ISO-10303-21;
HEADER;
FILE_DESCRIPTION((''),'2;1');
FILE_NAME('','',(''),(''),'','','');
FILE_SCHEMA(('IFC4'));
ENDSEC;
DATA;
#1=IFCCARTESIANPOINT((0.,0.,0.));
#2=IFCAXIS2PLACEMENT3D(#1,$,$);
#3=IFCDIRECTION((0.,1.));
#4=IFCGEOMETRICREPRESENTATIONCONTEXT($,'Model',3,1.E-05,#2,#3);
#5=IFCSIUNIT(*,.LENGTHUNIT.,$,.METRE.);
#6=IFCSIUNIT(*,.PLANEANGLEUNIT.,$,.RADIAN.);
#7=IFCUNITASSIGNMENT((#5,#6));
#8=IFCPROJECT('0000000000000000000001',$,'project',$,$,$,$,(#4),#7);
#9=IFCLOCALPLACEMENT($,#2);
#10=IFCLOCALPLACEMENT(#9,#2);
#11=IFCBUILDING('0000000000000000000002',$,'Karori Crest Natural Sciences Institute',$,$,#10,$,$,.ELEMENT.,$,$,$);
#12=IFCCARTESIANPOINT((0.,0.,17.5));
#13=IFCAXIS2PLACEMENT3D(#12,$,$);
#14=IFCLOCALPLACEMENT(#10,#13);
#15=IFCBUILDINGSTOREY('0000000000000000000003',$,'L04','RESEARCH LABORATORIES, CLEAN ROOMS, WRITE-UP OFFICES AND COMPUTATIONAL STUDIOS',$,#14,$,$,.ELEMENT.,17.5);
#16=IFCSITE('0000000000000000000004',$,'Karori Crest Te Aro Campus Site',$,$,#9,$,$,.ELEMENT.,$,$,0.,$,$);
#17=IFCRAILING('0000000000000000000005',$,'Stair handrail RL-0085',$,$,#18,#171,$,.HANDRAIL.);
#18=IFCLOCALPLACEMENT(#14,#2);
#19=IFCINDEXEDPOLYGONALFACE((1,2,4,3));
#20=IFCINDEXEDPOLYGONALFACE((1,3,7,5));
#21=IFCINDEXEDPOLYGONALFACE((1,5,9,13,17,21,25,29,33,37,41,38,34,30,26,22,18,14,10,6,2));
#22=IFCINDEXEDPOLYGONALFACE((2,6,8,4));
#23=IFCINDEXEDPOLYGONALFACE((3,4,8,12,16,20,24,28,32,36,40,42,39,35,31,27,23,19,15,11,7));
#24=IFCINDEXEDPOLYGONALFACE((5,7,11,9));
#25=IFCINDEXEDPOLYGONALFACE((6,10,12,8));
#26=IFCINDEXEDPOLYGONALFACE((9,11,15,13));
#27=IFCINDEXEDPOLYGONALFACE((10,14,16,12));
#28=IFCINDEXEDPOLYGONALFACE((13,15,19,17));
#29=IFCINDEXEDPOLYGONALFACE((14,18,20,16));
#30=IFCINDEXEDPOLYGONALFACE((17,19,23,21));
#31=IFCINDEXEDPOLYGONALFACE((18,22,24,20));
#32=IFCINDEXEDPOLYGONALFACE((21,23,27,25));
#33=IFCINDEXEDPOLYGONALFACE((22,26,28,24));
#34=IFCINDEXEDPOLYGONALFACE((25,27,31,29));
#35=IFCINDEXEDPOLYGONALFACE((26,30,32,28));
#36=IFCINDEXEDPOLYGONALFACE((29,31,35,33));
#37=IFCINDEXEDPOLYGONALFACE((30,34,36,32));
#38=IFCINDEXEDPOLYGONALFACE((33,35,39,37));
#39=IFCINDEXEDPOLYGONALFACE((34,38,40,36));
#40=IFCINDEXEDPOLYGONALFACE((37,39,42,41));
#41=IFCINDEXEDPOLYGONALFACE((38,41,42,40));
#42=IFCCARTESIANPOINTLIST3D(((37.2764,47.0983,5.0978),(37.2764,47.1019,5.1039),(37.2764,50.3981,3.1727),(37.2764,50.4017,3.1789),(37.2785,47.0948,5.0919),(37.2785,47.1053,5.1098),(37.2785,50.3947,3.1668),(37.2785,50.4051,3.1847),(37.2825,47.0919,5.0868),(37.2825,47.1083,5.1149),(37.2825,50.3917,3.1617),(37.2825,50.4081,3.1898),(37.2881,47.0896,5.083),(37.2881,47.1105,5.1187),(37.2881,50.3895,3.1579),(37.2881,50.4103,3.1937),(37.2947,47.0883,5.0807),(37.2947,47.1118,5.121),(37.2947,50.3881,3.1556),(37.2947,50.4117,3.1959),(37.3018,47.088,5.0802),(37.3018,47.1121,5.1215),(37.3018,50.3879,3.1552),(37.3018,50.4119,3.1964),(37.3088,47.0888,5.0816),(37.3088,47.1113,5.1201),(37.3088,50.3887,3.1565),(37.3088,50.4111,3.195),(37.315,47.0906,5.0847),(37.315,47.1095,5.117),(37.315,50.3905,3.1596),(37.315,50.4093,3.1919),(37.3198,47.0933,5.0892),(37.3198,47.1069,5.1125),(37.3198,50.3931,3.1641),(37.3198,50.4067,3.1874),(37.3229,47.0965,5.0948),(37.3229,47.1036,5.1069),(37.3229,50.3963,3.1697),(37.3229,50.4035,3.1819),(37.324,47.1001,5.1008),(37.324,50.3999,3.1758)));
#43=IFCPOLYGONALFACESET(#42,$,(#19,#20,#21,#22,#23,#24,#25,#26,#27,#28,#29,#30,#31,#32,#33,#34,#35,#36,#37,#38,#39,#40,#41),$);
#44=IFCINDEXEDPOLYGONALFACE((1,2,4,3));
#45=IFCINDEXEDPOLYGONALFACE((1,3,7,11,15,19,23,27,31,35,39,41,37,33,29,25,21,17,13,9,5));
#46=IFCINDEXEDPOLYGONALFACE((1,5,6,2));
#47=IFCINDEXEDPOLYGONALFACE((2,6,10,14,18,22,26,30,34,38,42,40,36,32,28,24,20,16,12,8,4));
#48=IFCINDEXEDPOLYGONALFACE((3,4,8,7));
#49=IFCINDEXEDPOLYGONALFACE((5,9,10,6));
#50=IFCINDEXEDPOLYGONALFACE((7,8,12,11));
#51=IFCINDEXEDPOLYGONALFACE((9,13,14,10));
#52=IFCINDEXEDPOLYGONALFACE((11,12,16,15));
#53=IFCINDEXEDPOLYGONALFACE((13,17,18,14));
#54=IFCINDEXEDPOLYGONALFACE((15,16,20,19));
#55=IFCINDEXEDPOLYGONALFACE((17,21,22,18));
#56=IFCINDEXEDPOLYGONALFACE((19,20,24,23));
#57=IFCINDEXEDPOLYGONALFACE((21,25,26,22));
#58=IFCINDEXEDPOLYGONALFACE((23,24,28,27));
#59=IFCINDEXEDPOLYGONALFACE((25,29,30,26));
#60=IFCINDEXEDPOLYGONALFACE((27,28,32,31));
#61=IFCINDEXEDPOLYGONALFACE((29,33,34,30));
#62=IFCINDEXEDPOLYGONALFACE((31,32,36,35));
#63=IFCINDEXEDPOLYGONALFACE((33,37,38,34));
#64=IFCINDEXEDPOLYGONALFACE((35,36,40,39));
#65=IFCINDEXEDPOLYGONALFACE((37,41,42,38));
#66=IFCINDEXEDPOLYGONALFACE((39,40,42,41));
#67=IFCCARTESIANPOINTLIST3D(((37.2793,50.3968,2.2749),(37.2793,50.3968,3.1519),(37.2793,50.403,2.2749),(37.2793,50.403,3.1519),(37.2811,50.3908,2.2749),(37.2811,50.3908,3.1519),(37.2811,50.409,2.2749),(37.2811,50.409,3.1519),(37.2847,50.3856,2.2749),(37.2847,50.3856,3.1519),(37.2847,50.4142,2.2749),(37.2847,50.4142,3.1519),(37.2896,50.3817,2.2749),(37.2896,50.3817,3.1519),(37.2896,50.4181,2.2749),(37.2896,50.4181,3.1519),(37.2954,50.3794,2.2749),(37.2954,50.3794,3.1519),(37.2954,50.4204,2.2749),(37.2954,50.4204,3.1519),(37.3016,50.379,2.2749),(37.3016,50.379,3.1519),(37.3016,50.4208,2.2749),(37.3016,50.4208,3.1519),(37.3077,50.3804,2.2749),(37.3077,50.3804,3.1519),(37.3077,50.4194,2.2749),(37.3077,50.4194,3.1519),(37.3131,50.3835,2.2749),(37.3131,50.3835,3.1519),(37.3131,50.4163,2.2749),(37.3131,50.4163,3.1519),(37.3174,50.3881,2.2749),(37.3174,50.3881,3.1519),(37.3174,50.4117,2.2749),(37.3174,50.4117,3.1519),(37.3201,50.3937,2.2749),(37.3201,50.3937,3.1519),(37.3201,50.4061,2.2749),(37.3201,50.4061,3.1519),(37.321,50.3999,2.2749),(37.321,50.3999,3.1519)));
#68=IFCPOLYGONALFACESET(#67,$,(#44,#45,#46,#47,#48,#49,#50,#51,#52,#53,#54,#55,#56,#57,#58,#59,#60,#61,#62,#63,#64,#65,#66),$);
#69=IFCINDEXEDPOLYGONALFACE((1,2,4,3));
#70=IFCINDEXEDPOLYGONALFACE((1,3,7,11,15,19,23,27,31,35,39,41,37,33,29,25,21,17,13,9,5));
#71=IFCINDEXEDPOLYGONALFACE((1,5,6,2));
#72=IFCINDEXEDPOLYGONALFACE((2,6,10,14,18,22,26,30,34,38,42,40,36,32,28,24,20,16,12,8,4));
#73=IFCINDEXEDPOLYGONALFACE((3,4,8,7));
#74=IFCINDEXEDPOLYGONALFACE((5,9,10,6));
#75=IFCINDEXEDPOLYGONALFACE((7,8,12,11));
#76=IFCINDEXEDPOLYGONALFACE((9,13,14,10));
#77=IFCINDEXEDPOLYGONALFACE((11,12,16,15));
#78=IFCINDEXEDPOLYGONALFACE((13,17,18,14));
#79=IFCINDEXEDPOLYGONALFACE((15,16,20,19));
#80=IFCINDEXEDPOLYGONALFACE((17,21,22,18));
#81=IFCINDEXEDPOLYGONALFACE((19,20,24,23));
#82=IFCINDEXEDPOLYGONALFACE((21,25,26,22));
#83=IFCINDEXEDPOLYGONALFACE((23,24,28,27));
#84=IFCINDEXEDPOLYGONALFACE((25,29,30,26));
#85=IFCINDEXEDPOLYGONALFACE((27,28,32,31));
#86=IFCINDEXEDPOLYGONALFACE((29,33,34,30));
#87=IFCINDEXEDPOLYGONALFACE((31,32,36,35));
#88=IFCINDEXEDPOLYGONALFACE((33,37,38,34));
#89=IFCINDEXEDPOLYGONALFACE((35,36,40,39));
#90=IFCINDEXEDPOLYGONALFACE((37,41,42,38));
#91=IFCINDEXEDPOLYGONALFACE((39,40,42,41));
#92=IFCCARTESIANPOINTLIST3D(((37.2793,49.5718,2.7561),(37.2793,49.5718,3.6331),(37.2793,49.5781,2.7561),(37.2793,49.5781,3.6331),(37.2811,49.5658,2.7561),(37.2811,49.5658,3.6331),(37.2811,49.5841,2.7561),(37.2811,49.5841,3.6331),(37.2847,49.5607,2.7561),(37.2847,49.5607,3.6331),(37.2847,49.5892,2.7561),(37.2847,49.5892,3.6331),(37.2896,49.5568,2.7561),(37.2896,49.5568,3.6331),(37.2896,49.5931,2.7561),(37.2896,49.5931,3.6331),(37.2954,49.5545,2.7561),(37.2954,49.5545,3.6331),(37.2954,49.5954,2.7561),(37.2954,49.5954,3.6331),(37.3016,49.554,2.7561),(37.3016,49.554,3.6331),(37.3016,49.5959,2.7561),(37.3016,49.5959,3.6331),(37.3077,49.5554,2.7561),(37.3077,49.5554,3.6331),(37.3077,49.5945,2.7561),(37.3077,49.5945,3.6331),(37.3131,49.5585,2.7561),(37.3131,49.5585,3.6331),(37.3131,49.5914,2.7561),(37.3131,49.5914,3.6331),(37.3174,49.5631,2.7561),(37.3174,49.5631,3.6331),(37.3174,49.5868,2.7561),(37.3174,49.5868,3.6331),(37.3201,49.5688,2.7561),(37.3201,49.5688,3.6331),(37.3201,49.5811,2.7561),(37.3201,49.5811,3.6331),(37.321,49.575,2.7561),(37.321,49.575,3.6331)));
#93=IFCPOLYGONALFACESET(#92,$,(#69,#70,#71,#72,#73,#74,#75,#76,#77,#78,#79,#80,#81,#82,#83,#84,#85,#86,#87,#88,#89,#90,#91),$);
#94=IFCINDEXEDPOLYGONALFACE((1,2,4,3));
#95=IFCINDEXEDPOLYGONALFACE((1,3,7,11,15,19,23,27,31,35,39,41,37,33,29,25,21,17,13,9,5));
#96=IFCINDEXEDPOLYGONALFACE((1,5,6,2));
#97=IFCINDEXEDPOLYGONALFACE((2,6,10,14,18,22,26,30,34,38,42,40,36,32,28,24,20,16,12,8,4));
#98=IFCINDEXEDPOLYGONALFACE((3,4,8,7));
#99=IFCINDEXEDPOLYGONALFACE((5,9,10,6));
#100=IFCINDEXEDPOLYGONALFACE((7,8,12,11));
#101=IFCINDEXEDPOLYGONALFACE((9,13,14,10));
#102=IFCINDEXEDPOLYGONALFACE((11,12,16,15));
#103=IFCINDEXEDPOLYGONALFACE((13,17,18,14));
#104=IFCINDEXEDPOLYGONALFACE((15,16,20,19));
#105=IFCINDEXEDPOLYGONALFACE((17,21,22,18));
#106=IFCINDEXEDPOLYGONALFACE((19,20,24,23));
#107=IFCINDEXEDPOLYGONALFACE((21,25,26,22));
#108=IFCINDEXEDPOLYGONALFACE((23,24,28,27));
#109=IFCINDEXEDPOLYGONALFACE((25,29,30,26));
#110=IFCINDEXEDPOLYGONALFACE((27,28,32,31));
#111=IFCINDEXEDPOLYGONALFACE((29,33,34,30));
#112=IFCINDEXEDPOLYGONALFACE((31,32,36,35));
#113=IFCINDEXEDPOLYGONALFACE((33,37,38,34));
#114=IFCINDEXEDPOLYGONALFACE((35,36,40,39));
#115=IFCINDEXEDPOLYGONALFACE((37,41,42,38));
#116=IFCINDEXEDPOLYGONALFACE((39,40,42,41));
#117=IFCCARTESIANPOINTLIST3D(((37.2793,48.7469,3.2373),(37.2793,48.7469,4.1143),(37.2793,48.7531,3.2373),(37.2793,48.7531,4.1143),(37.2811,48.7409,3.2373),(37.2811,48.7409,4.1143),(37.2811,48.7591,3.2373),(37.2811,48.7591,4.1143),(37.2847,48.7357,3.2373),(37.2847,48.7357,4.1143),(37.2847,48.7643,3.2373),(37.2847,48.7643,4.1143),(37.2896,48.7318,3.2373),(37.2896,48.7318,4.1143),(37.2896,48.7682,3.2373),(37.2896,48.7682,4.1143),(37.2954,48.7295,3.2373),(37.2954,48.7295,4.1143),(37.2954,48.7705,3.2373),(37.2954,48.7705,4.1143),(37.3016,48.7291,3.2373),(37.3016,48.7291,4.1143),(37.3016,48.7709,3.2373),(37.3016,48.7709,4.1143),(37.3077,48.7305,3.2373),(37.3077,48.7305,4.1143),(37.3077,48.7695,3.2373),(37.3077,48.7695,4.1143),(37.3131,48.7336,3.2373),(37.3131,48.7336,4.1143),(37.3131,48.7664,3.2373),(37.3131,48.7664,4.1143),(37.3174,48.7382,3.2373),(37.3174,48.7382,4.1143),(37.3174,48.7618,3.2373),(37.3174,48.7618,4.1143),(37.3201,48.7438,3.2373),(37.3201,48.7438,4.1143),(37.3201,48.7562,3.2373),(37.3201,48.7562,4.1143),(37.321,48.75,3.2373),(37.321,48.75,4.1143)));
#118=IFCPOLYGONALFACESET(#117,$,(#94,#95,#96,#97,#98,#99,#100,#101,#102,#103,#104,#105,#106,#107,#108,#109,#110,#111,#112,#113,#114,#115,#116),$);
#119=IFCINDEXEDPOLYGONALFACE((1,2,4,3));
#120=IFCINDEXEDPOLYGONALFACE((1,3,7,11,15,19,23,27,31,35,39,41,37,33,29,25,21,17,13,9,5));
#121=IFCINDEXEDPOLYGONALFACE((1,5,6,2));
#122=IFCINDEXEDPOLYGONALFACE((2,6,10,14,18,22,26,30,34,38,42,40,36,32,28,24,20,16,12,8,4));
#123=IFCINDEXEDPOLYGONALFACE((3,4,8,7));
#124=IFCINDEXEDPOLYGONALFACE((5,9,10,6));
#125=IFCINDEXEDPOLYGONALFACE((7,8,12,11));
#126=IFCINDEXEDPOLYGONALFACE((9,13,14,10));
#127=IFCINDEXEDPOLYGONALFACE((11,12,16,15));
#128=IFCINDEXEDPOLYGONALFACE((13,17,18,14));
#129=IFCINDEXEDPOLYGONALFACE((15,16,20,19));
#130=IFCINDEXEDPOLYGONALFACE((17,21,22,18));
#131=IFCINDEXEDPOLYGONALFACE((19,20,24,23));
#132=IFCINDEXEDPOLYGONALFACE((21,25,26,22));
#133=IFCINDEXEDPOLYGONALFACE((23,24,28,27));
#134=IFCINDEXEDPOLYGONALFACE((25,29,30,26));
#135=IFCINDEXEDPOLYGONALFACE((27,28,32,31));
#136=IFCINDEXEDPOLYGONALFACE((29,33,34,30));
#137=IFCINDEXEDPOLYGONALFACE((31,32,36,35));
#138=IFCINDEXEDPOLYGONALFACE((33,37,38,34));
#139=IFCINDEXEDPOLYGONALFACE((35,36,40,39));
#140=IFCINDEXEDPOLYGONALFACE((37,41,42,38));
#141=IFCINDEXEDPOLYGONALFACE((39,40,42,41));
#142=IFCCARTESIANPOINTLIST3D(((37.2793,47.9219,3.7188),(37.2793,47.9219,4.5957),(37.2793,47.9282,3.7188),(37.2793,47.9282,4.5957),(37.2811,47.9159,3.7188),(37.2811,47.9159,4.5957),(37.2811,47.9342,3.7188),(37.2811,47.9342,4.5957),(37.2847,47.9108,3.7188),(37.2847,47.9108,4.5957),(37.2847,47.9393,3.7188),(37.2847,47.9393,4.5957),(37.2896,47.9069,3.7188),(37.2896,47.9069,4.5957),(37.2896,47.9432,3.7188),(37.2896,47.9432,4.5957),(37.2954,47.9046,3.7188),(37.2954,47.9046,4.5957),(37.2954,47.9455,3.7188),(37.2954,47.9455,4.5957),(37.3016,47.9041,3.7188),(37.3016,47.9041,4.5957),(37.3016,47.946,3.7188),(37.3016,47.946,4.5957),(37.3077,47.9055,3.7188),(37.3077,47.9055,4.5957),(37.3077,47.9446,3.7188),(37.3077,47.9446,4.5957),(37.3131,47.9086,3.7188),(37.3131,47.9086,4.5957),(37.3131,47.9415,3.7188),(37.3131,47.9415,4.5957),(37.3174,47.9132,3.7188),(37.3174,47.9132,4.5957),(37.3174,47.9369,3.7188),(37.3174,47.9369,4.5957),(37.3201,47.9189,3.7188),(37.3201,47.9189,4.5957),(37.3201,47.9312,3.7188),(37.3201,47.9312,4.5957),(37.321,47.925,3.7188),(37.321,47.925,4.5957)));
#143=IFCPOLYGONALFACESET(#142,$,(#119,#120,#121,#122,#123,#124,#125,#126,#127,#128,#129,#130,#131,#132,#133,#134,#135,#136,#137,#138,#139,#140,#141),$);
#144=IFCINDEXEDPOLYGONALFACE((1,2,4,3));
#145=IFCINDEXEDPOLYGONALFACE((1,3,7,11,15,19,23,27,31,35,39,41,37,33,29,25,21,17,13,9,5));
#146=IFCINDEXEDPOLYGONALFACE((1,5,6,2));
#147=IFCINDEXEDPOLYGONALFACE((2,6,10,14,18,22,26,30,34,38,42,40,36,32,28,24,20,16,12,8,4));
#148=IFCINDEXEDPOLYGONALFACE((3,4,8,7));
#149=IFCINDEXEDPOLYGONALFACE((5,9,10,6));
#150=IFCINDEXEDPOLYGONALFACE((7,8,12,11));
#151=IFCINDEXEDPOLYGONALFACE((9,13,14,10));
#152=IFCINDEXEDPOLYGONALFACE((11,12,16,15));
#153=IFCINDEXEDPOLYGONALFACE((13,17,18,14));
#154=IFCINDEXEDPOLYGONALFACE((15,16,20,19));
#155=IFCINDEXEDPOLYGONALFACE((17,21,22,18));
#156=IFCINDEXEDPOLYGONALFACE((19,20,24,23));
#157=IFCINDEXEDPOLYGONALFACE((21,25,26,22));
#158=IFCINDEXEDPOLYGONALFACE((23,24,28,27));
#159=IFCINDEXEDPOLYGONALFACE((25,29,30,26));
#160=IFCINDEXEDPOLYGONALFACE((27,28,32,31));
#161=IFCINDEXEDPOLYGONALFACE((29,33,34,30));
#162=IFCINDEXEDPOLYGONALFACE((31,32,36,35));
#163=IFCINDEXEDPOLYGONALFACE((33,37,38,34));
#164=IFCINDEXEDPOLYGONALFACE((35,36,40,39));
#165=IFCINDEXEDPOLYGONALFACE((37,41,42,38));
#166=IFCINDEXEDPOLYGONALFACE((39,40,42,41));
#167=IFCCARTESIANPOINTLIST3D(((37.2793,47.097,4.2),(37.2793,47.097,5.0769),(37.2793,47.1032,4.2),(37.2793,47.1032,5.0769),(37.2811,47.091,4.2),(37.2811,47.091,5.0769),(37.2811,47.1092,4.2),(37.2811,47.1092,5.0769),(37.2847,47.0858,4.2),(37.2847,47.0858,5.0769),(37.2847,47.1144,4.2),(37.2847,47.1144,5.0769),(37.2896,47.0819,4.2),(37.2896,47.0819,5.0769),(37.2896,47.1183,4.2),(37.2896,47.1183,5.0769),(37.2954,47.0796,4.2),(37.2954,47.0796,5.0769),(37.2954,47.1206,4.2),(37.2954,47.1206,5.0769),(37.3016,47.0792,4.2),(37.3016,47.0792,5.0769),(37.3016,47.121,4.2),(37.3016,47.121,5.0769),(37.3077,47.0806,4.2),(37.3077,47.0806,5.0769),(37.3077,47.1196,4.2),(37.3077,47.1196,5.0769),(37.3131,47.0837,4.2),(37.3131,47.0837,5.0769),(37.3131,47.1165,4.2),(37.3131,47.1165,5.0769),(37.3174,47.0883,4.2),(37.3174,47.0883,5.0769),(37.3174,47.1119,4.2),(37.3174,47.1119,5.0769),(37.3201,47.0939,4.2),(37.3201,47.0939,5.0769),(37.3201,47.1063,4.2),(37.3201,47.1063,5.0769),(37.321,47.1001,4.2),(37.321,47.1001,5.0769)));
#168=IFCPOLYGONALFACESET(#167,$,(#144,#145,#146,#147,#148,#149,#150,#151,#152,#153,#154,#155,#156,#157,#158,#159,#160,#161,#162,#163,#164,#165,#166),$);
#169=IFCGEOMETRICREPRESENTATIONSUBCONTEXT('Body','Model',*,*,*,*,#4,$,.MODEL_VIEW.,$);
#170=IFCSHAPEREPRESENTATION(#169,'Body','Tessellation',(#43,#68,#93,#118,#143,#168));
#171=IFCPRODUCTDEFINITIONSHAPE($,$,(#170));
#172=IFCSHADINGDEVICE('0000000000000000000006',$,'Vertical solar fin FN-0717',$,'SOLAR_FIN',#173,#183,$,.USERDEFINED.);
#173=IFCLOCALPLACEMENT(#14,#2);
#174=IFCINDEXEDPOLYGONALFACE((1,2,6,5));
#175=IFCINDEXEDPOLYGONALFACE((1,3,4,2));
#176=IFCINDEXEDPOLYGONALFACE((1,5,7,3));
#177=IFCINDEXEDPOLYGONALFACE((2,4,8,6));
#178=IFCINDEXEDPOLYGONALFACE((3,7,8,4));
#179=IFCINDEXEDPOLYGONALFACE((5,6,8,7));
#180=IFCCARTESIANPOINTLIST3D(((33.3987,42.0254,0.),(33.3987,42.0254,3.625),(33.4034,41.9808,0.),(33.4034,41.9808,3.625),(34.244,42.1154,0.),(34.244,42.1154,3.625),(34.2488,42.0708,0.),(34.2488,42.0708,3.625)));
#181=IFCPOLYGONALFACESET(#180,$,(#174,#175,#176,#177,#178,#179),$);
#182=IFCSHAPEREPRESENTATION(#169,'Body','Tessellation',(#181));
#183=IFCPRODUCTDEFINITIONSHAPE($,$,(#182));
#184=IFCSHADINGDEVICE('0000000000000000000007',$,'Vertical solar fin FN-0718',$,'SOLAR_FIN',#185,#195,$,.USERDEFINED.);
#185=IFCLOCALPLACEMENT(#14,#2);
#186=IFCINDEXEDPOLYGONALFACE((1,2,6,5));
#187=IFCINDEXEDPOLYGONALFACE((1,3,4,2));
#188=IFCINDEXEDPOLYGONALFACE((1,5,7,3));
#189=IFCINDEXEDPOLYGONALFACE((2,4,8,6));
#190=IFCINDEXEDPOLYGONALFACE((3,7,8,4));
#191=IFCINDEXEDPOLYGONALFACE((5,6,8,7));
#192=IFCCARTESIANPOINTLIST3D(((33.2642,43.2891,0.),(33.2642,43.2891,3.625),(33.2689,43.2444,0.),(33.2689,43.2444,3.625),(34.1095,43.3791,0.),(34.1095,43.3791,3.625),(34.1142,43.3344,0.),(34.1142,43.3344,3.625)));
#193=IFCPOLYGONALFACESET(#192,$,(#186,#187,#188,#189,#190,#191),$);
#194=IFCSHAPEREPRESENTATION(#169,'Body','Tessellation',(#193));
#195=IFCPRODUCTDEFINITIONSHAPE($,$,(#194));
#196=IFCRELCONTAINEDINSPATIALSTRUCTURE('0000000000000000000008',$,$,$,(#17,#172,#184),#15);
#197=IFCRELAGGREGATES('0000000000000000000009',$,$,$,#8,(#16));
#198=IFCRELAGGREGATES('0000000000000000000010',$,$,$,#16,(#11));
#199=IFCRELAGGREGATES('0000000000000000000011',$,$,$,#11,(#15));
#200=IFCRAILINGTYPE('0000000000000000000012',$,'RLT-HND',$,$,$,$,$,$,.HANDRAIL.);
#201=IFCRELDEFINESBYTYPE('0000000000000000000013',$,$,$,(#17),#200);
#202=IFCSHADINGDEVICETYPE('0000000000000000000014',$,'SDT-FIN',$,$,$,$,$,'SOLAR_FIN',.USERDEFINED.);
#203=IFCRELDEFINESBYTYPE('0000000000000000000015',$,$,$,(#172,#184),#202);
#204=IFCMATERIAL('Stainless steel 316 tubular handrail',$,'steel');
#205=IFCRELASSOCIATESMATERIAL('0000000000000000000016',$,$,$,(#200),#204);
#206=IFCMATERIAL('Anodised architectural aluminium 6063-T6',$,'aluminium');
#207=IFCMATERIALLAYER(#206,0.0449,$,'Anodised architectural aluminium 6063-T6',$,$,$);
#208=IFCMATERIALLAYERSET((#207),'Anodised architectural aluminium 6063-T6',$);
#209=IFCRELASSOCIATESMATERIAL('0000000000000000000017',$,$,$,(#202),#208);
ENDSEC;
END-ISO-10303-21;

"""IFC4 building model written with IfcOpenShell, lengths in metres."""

from ifc_helpers import new_model, si_unit, direction, frame, origin, origin_2d, place, context, subcontext, project, spatial, rectangle, circle, extrude, material, layer, layer_set, type_object, element, save


model = new_model("IFC4")

# Units and contexts
model_context = context("Model", 3, precision=1e-05, world=origin(), true_north=direction((0.0, 1.0)))
body_context = subcontext(model_context, "Body", "Model", "MODEL_VIEW")
ifc_project = project(units=[si_unit("LENGTHUNIT", "METRE"), si_unit("PLANEANGLEUNIT", "RADIAN")], contexts=[model_context])

# Site, building, storey
site_placement = place(None, origin())
site = spatial("IfcSite", under=ifc_project, at=site_placement, Name="Karori Crest Te Aro Campus Site", CompositionType="ELEMENT", RefElevation=0.0)
building_placement = place(site_placement, origin())
building = spatial("IfcBuilding", under=site, at=building_placement, Name="Karori Crest Natural Sciences Institute", CompositionType="ELEMENT")
storey_placement = place(building_placement, frame((0.0, 0.0, 17.5)))
storey = spatial("IfcBuildingStorey", under=building, at=storey_placement, Name="L04", Description="RESEARCH LABORATORIES, CLEAN ROOMS, WRITE-UP OFFICES AND COMPUTATIONAL STUDIOS", CompositionType="ELEMENT", Elevation=17.5)

# Shared definitions
ifc_material_1 = material(Name="Anodised architectural aluminium 6063-T6", Category="aluminium")

# Railing
ifc_material_2 = material(Name="Stainless steel 316 tubular handrail", Category="steel")
railing_type = type_object("IfcRailingType", Name="RLT-HND", PredefinedType="HANDRAIL", material=ifc_material_2)
railing_placement = place(storey_placement, frame((37.3, 50.3999, 2.2749)))
element("IfcRailing", 1, at=railing_placement, inside=storey, type_object=railing_type, Name="Stair handrail RL-0085", PredefinedType="HANDRAIL", context=body_context, shape_type="SweptSolid", body=[
    extrude(circle(Radius=0.0239, at=origin_2d()), frame((0.0, 0.0, 0.9009), z_axis=(0.0, -0.86376, 0.503903), x_axis=(1.0, 0.0, 0.0)), (0.0, 0.0, 1.0), 3.8203),
    extrude(circle(Radius=0.021, at=origin_2d()), origin(), (0.0, 0.0, 1.0), 0.877),
    extrude(circle(Radius=0.021, at=origin_2d()), frame((0.0, -0.825, 0.4812)), (0.0, 0.0, 1.0), 0.877),
    extrude(circle(Radius=0.021, at=origin_2d()), frame((0.0, -1.6499, 0.9624)), (0.0, 0.0, 1.0), 0.877),
    extrude(circle(Radius=0.021, at=origin_2d()), frame((0.0, -2.4749, 1.4438)), (0.0, 0.0, 1.0), 0.877),
    extrude(circle(Radius=0.021, at=origin_2d()), frame((0.0, -3.2998, 1.925)), (0.0, 0.0, 1.0), 0.877),
])

# Shading devices
ifc_layer_1 = layer(ifc_material_1, 0.0449, Name="Anodised architectural aluminium 6063-T6")
ifc_layer_set_1 = layer_set([ifc_layer_1], Name="Anodised architectural aluminium 6063-T6")
shading_device_type = type_object("IfcShadingDeviceType", Name="SDT-FIN", ElementType="SOLAR_FIN", PredefinedType="USERDEFINED", material=ifc_layer_set_1)
for number, where, z_axis, x_axis, name in (
    (2, (33.8237, 42.0481, 0.0), (0.0, 0.0, 1.0), (-0.994378, -0.105884, 0.0), "Vertical solar fin FN-0717"),
    (3, (33.6892, 43.3118, 0.0), (0.0, 0.0, 1.0), (-0.994378, -0.105884, 0.0), "Vertical solar fin FN-0718"),
):
    element("IfcShadingDevice", number, at=place(storey_placement, frame(where, z_axis=z_axis, x_axis=x_axis)), inside=storey, type_object=shading_device_type, Name=name, ObjectType="SOLAR_FIN", PredefinedType="USERDEFINED", context=body_context, shape_type="SweptSolid", body=[
        extrude(rectangle(XDim=0.8501, YDim=0.0449, at=origin_2d()), origin(), (0.0, 0.0, 1.0), 3.625),
    ])

save(model, "model.ifc")
